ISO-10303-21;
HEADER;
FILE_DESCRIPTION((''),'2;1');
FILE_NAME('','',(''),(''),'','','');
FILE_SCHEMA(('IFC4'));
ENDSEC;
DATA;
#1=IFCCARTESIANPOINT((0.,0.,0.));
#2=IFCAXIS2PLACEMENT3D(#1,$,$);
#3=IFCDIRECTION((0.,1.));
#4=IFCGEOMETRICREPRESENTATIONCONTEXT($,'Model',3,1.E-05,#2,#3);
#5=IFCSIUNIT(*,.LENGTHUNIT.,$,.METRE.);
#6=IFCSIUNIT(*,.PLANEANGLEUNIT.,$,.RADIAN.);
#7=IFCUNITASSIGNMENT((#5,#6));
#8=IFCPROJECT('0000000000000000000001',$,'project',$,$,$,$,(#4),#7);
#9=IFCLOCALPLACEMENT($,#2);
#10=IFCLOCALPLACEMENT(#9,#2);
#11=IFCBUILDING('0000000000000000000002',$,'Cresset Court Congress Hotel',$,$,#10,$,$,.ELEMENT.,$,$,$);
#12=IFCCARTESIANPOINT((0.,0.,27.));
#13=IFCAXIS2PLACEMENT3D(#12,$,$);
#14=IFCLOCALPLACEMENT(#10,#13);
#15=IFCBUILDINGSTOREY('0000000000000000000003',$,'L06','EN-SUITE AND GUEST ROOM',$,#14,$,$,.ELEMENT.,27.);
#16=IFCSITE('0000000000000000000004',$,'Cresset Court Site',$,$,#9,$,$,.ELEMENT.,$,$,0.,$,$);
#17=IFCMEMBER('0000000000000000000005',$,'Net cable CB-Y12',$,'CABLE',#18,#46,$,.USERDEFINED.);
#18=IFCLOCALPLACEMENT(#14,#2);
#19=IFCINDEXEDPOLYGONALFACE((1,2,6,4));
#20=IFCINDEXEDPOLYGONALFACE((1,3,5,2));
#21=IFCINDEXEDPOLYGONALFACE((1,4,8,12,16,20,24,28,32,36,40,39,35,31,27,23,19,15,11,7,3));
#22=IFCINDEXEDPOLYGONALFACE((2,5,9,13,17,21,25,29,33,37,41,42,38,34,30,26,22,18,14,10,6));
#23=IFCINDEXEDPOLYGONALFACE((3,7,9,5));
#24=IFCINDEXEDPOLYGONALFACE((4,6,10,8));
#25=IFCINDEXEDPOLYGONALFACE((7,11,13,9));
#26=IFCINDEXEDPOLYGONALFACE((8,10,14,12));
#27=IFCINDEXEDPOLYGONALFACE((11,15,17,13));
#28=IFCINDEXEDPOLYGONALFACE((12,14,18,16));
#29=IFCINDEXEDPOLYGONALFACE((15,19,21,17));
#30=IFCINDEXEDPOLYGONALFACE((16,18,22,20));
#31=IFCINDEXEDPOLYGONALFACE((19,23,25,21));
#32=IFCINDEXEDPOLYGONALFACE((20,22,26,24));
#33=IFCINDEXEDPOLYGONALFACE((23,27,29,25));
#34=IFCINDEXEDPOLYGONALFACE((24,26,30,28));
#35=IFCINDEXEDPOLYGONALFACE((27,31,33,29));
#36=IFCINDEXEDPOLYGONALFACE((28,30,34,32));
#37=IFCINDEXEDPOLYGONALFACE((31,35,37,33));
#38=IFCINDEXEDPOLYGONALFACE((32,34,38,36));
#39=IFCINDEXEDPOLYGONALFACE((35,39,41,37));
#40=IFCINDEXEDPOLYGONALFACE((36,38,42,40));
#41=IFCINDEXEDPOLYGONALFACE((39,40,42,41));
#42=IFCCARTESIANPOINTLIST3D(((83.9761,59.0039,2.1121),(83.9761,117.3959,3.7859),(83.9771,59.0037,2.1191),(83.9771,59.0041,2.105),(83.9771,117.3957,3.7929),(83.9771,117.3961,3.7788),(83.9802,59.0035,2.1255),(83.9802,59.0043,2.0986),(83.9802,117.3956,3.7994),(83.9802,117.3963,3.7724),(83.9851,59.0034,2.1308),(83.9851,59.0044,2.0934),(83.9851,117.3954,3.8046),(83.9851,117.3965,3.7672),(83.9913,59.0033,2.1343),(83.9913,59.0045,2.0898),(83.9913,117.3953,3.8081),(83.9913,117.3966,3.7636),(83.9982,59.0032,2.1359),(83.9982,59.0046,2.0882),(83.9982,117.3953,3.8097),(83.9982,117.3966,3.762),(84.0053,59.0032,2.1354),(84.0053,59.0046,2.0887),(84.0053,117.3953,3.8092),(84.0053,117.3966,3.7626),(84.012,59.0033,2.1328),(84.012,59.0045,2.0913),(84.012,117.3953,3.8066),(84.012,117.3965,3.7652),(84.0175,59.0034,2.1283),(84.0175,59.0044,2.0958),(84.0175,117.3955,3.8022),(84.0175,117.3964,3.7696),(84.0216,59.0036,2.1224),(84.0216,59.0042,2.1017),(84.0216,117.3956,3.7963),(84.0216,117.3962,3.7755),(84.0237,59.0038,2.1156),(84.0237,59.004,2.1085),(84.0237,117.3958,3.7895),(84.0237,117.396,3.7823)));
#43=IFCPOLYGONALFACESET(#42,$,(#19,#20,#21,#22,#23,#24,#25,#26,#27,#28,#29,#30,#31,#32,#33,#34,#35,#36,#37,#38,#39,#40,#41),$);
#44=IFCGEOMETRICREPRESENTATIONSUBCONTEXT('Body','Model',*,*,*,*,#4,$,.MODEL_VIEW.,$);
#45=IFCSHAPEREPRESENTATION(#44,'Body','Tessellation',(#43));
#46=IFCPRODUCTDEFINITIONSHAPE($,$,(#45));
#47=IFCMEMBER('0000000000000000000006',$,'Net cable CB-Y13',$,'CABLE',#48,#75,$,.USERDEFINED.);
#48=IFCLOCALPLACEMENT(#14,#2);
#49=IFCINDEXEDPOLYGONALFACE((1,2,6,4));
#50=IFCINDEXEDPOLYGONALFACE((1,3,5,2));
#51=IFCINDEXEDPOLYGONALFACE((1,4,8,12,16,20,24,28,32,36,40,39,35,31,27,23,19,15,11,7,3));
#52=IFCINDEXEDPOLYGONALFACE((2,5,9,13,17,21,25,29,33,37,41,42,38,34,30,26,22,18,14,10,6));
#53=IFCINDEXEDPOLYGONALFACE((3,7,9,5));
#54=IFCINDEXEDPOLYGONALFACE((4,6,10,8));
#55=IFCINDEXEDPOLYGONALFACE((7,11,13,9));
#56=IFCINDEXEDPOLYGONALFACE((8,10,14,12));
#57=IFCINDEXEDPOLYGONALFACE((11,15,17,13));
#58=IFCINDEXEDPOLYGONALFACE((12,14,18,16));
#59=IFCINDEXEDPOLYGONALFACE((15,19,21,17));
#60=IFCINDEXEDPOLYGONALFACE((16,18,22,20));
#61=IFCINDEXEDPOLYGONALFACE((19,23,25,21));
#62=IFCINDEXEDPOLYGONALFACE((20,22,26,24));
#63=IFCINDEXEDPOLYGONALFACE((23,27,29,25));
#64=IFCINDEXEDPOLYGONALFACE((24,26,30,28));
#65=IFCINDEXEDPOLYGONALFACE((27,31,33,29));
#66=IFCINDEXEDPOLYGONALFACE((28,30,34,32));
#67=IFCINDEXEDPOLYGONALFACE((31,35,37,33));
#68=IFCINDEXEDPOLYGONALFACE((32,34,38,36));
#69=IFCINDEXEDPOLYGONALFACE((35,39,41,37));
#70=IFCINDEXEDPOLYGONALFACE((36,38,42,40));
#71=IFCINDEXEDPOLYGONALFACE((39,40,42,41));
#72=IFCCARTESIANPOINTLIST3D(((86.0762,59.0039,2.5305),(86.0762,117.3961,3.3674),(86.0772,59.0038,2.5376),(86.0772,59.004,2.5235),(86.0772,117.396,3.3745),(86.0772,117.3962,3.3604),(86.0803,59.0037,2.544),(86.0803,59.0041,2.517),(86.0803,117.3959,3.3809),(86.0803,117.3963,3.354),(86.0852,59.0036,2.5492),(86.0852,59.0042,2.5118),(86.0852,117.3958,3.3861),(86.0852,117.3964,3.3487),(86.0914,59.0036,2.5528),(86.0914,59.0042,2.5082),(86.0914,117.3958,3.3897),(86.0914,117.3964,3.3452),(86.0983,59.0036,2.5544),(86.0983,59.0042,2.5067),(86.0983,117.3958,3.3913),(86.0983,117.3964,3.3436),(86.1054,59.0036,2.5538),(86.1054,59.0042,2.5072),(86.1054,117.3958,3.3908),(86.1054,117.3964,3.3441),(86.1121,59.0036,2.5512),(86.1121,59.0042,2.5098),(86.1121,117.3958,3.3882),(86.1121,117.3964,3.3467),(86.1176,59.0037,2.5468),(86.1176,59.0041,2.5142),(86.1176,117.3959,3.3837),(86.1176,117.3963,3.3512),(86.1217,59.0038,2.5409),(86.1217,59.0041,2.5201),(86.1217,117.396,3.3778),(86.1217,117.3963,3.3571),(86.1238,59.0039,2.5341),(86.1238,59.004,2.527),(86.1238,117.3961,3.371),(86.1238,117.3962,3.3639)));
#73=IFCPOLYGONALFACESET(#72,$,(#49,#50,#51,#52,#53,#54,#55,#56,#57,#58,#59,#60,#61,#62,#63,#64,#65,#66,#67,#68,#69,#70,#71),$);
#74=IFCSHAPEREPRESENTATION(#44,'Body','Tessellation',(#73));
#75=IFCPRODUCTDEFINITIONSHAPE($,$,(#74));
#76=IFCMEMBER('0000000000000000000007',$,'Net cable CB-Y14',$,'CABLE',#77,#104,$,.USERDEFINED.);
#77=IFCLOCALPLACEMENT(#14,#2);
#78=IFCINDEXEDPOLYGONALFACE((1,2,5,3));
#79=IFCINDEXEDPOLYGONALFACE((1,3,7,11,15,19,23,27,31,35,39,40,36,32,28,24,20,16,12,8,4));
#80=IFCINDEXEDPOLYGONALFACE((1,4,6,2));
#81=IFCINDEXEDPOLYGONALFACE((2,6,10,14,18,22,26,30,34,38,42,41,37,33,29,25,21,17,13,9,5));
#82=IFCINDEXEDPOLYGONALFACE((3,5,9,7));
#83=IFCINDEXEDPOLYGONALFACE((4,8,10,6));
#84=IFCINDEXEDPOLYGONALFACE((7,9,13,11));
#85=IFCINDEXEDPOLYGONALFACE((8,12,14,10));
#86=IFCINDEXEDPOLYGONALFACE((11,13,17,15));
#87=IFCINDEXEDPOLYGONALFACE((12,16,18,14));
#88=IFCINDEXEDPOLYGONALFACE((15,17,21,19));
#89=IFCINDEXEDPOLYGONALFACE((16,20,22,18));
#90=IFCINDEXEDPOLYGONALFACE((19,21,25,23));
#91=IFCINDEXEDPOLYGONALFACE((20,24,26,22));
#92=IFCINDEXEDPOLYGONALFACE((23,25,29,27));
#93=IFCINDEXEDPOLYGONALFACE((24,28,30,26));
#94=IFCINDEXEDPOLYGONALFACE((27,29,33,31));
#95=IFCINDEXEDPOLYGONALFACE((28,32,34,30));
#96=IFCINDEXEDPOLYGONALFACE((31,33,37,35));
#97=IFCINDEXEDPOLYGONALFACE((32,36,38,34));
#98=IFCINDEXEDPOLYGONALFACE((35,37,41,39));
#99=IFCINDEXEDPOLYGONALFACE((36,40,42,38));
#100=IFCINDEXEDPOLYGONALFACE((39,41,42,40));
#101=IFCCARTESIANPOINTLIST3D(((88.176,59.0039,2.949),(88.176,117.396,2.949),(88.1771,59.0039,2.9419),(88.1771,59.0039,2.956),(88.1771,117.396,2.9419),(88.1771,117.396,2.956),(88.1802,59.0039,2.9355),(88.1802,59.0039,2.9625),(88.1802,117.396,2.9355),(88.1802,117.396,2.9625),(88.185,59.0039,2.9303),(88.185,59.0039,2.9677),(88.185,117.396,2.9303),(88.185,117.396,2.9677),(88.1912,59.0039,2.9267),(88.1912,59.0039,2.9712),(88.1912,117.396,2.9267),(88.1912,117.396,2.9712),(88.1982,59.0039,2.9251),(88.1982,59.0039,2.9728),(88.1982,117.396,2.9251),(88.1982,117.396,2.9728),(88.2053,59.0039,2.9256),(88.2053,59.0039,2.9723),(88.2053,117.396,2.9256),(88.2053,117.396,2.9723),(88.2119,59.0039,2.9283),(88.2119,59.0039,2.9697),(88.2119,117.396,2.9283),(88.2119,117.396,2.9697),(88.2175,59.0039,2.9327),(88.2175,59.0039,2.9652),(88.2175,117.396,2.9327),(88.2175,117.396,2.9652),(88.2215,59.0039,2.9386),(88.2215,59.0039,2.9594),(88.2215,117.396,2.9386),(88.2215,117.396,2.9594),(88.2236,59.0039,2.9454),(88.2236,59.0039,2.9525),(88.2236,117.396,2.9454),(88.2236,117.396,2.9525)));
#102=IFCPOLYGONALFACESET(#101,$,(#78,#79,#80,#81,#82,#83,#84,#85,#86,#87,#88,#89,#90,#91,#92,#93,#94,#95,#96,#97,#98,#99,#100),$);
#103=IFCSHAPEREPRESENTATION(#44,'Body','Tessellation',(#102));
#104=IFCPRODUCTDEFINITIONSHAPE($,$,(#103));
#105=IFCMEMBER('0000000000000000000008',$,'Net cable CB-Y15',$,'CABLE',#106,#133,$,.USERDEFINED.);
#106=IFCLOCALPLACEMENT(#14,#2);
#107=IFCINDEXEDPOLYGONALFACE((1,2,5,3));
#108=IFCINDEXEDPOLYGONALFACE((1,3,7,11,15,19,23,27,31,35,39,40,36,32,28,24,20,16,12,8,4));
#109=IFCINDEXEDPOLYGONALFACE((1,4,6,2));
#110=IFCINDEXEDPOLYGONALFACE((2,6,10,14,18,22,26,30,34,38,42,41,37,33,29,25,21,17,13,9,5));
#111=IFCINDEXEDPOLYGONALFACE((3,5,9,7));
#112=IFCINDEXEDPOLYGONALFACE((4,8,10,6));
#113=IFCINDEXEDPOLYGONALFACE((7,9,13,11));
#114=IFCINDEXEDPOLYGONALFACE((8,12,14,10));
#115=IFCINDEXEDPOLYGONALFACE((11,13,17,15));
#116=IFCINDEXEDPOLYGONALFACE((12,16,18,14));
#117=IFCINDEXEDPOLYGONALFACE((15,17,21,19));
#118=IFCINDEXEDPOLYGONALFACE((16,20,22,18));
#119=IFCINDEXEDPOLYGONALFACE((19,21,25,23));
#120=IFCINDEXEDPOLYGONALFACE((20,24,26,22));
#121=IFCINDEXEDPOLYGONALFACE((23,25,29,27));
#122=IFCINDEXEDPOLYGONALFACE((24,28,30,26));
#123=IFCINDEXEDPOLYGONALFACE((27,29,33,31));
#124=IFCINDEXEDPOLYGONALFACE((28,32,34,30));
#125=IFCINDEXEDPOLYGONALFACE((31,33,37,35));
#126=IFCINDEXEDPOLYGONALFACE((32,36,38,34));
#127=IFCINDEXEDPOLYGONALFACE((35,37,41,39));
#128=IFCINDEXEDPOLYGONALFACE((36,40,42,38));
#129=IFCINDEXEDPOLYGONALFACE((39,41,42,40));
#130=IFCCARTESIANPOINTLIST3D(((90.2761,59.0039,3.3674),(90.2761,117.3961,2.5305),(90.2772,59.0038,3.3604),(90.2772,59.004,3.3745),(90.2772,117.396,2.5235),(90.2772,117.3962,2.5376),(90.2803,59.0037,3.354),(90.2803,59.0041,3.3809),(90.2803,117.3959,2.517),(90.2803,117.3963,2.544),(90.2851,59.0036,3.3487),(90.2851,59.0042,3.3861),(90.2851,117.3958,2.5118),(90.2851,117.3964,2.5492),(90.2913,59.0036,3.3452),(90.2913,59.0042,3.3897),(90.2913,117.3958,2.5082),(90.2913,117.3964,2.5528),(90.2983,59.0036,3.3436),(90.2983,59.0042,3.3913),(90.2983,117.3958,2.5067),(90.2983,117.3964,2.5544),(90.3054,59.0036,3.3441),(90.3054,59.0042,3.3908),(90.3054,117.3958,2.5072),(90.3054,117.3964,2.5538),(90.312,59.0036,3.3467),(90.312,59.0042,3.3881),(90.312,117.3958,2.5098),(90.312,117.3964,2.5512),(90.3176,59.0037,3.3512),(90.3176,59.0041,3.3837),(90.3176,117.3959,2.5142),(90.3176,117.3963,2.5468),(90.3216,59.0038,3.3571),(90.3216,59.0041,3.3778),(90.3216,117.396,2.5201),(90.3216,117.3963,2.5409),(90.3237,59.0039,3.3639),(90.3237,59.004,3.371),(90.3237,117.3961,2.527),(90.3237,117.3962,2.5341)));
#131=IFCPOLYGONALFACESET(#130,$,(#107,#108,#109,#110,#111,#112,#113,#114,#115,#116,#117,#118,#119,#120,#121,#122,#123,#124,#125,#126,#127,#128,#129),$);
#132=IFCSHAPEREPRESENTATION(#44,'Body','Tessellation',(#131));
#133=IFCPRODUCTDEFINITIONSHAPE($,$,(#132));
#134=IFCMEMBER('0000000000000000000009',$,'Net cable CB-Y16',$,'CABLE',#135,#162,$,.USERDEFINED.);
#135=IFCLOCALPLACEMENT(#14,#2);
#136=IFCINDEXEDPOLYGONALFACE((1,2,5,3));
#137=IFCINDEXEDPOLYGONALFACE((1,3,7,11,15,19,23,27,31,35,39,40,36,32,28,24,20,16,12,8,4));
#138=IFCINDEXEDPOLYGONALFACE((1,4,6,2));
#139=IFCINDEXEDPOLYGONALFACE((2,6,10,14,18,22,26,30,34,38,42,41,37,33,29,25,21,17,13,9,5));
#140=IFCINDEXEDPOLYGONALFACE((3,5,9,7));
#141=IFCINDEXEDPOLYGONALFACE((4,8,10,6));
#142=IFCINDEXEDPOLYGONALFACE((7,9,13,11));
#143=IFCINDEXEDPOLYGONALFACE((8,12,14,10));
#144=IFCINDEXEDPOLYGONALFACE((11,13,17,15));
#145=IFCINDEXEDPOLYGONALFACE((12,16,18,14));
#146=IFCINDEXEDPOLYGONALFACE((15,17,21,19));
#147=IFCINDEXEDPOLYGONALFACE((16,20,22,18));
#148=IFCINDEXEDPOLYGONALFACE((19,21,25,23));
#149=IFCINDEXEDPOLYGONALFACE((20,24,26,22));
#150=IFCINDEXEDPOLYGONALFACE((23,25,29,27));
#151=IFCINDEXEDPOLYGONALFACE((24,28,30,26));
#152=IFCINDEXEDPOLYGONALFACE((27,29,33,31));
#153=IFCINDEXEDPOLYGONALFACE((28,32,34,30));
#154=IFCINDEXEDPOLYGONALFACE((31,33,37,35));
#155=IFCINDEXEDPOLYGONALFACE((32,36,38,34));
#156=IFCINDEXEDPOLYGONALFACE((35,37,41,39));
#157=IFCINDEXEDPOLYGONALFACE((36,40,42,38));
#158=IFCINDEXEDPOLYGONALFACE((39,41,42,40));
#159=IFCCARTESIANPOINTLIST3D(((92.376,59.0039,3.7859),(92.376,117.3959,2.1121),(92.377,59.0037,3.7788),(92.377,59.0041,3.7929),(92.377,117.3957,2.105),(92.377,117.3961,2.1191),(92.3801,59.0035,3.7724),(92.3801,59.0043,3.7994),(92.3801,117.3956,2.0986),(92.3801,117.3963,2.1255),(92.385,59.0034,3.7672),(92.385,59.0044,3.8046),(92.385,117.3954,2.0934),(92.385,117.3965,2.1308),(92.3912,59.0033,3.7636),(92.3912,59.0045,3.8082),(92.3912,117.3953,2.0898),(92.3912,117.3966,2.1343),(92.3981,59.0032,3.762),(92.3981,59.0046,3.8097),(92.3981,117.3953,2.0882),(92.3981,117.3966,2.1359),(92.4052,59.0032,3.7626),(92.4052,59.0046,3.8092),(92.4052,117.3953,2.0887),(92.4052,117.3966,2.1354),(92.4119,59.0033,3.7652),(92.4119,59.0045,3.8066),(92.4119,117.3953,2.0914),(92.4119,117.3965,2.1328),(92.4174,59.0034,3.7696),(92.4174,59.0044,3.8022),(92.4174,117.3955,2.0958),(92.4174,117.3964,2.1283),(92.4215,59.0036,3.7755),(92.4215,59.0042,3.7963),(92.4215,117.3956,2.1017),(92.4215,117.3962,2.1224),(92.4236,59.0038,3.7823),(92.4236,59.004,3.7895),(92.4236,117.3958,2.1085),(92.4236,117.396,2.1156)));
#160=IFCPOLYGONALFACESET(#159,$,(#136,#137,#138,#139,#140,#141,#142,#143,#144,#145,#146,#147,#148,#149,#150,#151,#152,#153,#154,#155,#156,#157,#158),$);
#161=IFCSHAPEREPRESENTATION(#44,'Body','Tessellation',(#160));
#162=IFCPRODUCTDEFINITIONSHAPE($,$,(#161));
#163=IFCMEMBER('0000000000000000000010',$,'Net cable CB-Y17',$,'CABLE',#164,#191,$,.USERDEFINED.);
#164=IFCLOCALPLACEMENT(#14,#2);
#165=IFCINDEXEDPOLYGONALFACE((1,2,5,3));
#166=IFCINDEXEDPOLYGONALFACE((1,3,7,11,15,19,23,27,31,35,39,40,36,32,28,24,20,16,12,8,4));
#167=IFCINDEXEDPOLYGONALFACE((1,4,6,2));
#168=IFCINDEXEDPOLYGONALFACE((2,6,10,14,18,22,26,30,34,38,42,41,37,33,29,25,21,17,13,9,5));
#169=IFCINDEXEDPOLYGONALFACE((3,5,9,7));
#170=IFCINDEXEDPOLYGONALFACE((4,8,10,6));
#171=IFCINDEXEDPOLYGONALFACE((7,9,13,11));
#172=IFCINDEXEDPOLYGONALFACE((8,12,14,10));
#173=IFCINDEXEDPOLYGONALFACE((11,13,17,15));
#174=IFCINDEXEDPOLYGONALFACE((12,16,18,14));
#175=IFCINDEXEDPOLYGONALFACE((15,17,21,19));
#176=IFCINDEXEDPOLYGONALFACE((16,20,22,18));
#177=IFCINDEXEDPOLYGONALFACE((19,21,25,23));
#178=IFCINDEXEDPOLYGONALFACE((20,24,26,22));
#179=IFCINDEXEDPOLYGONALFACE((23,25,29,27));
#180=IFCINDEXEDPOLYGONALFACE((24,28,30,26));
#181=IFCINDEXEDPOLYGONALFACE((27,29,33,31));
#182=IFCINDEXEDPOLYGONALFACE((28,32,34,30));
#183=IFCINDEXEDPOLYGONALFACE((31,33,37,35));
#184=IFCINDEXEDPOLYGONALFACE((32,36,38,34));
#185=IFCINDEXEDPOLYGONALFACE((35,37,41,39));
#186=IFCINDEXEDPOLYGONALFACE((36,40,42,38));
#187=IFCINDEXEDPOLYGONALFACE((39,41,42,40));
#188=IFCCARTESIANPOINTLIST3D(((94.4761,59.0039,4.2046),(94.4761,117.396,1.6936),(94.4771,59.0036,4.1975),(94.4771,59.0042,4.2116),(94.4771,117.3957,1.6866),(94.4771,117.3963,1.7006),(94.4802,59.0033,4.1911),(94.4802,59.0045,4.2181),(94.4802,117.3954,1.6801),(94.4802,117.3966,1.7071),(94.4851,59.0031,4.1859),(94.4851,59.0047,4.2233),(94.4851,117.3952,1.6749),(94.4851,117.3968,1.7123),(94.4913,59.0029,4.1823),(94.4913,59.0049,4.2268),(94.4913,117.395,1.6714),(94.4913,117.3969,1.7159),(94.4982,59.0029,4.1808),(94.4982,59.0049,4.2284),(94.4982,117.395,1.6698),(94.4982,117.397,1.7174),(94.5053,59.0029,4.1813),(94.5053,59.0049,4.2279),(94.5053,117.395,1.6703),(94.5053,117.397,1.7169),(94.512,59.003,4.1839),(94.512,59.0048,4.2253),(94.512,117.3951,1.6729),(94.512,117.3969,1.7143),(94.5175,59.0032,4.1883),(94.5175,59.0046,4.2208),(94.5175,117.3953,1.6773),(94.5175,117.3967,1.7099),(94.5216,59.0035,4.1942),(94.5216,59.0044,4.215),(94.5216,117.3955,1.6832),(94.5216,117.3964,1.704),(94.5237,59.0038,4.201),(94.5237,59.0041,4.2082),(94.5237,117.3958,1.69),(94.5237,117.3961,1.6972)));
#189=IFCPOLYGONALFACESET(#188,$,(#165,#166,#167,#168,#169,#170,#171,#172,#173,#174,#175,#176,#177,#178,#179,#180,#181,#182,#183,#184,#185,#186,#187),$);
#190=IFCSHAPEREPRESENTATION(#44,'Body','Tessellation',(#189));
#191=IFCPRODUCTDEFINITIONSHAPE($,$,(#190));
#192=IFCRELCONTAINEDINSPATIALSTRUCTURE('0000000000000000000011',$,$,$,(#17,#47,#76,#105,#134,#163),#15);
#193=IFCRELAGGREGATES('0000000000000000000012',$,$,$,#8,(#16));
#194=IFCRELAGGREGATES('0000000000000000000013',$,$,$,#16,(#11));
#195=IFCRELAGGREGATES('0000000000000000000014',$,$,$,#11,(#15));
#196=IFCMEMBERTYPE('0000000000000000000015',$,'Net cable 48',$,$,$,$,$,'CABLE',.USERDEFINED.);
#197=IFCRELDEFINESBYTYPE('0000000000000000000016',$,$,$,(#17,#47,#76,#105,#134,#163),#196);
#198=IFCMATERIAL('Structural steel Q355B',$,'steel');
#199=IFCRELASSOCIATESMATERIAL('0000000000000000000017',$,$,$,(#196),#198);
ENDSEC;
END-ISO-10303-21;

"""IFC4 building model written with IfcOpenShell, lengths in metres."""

from ifc_helpers import new_model, si_unit, direction, frame, origin, origin_2d, place, context, subcontext, project, spatial, circle, extrude, material, material_profile, profile_set, type_object, element, save


model = new_model("IFC4")

# Units and contexts
model_context = context("Model", 3, precision=1e-05, world=origin(), true_north=direction((0.0, 1.0)))
body_context = subcontext(model_context, "Body", "Model", "MODEL_VIEW")
ifc_project = project(units=[si_unit("LENGTHUNIT", "METRE"), si_unit("PLANEANGLEUNIT", "RADIAN")], contexts=[model_context])

# Site, building, storey
site_placement = place(None, origin())
site = spatial("IfcSite", under=ifc_project, at=site_placement, Name="Cresset Court Site", CompositionType="ELEMENT", RefElevation=0.0)
building_placement = place(site_placement, origin())
building = spatial("IfcBuilding", under=site, at=building_placement, Name="Cresset Court Congress Hotel", CompositionType="ELEMENT")
storey_placement = place(building_placement, frame((0.0, 0.0, 27.0)))
storey = spatial("IfcBuildingStorey", under=building, at=storey_placement, Name="L06", Description="EN-SUITE AND GUEST ROOM", CompositionType="ELEMENT", Elevation=27.0)

# Members
ifc_material_1 = material(Name="Structural steel Q355B", Category="steel")
ifc_material_profile = material_profile(ifc_material_1, circle(Radius=0.0239, at=origin_2d()), Name="CABLE48")
ifc_profile_set = profile_set([ifc_material_profile], Name="Structural steel Q355B")
member_type = type_object("IfcMemberType", Name="Net cable 48", ElementType="CABLE", PredefinedType="USERDEFINED", material=ifc_profile_set)
member_1_placement = place(storey_placement, frame((84.0, 59.0039, 2.1121), z_axis=(0.0, 0.999589, 0.028654), x_axis=(-1.0, 0.0, 0.0)))
element("IfcMember", 1, at=member_1_placement, inside=storey, type_object=member_type, Name="Net cable CB-Y12", ObjectType="CABLE", PredefinedType="USERDEFINED", context=body_context, shape_type="SweptSolid", body=[
    extrude(circle(Radius=0.0239, at=origin_2d()), origin(), (0.0, 0.0, 1.0), 58.416),
])
member_2_placement = place(storey_placement, frame((86.1001, 59.0039, 2.5305), z_axis=(0.0, 0.999897, 0.014331), x_axis=(-1.0, 0.0, 0.0)))
element("IfcMember", 2, at=member_2_placement, inside=storey, type_object=member_type, Name="Net cable CB-Y13", ObjectType="CABLE", PredefinedType="USERDEFINED", context=body_context, shape_type="SweptSolid", body=[
    extrude(circle(Radius=0.0239, at=origin_2d()), origin(), (0.0, 0.0, 1.0), 58.3982),
])
member_3_placement = place(storey_placement, frame((88.2, 59.0039, 2.949), z_axis=(0.0, 1.0, 0.0), x_axis=(-1.0, 0.0, 0.0)))
element("IfcMember", 3, at=member_3_placement, inside=storey, type_object=member_type, Name="Net cable CB-Y14", ObjectType="CABLE", PredefinedType="USERDEFINED", context=body_context, shape_type="SweptSolid", body=[
    extrude(circle(Radius=0.0239, at=origin_2d()), origin(), (0.0, 0.0, 1.0), 58.3921),
])
member_4_placement = place(storey_placement, frame((90.3, 59.0039, 3.3674), z_axis=(0.0, 0.999897, -0.014331), x_axis=(-1.0, 0.0, 0.0)))
element("IfcMember", 4, at=member_4_placement, inside=storey, type_object=member_type, Name="Net cable CB-Y15", ObjectType="CABLE", PredefinedType="USERDEFINED", context=body_context, shape_type="SweptSolid", body=[
    extrude(circle(Radius=0.0239, at=origin_2d()), origin(), (0.0, 0.0, 1.0), 58.3982),
])
member_5_placement = place(storey_placement, frame((92.3999, 59.0039, 3.7859), z_axis=(0.0, 0.999589, -0.028654), x_axis=(-1.0, 0.0, 0.0)))
element("IfcMember", 5, at=member_5_placement, inside=storey, type_object=member_type, Name="Net cable CB-Y16", ObjectType="CABLE", PredefinedType="USERDEFINED", context=body_context, shape_type="SweptSolid", body=[
    extrude(circle(Radius=0.0239, at=origin_2d()), origin(), (0.0, 0.0, 1.0), 58.416),
])
member_6_placement = place(storey_placement, frame((94.5, 59.0039, 4.2046), z_axis=(0.0, 0.999077, -0.042962), x_axis=(-1.0, 0.0, 0.0)))
element("IfcMember", 6, at=member_6_placement, inside=storey, type_object=member_type, Name="Net cable CB-Y17", ObjectType="CABLE", PredefinedType="USERDEFINED", context=body_context, shape_type="SweptSolid", body=[
    extrude(circle(Radius=0.0239, at=origin_2d()), origin(), (0.0, 0.0, 1.0), 58.446),
])

save(model, "model.ifc")
